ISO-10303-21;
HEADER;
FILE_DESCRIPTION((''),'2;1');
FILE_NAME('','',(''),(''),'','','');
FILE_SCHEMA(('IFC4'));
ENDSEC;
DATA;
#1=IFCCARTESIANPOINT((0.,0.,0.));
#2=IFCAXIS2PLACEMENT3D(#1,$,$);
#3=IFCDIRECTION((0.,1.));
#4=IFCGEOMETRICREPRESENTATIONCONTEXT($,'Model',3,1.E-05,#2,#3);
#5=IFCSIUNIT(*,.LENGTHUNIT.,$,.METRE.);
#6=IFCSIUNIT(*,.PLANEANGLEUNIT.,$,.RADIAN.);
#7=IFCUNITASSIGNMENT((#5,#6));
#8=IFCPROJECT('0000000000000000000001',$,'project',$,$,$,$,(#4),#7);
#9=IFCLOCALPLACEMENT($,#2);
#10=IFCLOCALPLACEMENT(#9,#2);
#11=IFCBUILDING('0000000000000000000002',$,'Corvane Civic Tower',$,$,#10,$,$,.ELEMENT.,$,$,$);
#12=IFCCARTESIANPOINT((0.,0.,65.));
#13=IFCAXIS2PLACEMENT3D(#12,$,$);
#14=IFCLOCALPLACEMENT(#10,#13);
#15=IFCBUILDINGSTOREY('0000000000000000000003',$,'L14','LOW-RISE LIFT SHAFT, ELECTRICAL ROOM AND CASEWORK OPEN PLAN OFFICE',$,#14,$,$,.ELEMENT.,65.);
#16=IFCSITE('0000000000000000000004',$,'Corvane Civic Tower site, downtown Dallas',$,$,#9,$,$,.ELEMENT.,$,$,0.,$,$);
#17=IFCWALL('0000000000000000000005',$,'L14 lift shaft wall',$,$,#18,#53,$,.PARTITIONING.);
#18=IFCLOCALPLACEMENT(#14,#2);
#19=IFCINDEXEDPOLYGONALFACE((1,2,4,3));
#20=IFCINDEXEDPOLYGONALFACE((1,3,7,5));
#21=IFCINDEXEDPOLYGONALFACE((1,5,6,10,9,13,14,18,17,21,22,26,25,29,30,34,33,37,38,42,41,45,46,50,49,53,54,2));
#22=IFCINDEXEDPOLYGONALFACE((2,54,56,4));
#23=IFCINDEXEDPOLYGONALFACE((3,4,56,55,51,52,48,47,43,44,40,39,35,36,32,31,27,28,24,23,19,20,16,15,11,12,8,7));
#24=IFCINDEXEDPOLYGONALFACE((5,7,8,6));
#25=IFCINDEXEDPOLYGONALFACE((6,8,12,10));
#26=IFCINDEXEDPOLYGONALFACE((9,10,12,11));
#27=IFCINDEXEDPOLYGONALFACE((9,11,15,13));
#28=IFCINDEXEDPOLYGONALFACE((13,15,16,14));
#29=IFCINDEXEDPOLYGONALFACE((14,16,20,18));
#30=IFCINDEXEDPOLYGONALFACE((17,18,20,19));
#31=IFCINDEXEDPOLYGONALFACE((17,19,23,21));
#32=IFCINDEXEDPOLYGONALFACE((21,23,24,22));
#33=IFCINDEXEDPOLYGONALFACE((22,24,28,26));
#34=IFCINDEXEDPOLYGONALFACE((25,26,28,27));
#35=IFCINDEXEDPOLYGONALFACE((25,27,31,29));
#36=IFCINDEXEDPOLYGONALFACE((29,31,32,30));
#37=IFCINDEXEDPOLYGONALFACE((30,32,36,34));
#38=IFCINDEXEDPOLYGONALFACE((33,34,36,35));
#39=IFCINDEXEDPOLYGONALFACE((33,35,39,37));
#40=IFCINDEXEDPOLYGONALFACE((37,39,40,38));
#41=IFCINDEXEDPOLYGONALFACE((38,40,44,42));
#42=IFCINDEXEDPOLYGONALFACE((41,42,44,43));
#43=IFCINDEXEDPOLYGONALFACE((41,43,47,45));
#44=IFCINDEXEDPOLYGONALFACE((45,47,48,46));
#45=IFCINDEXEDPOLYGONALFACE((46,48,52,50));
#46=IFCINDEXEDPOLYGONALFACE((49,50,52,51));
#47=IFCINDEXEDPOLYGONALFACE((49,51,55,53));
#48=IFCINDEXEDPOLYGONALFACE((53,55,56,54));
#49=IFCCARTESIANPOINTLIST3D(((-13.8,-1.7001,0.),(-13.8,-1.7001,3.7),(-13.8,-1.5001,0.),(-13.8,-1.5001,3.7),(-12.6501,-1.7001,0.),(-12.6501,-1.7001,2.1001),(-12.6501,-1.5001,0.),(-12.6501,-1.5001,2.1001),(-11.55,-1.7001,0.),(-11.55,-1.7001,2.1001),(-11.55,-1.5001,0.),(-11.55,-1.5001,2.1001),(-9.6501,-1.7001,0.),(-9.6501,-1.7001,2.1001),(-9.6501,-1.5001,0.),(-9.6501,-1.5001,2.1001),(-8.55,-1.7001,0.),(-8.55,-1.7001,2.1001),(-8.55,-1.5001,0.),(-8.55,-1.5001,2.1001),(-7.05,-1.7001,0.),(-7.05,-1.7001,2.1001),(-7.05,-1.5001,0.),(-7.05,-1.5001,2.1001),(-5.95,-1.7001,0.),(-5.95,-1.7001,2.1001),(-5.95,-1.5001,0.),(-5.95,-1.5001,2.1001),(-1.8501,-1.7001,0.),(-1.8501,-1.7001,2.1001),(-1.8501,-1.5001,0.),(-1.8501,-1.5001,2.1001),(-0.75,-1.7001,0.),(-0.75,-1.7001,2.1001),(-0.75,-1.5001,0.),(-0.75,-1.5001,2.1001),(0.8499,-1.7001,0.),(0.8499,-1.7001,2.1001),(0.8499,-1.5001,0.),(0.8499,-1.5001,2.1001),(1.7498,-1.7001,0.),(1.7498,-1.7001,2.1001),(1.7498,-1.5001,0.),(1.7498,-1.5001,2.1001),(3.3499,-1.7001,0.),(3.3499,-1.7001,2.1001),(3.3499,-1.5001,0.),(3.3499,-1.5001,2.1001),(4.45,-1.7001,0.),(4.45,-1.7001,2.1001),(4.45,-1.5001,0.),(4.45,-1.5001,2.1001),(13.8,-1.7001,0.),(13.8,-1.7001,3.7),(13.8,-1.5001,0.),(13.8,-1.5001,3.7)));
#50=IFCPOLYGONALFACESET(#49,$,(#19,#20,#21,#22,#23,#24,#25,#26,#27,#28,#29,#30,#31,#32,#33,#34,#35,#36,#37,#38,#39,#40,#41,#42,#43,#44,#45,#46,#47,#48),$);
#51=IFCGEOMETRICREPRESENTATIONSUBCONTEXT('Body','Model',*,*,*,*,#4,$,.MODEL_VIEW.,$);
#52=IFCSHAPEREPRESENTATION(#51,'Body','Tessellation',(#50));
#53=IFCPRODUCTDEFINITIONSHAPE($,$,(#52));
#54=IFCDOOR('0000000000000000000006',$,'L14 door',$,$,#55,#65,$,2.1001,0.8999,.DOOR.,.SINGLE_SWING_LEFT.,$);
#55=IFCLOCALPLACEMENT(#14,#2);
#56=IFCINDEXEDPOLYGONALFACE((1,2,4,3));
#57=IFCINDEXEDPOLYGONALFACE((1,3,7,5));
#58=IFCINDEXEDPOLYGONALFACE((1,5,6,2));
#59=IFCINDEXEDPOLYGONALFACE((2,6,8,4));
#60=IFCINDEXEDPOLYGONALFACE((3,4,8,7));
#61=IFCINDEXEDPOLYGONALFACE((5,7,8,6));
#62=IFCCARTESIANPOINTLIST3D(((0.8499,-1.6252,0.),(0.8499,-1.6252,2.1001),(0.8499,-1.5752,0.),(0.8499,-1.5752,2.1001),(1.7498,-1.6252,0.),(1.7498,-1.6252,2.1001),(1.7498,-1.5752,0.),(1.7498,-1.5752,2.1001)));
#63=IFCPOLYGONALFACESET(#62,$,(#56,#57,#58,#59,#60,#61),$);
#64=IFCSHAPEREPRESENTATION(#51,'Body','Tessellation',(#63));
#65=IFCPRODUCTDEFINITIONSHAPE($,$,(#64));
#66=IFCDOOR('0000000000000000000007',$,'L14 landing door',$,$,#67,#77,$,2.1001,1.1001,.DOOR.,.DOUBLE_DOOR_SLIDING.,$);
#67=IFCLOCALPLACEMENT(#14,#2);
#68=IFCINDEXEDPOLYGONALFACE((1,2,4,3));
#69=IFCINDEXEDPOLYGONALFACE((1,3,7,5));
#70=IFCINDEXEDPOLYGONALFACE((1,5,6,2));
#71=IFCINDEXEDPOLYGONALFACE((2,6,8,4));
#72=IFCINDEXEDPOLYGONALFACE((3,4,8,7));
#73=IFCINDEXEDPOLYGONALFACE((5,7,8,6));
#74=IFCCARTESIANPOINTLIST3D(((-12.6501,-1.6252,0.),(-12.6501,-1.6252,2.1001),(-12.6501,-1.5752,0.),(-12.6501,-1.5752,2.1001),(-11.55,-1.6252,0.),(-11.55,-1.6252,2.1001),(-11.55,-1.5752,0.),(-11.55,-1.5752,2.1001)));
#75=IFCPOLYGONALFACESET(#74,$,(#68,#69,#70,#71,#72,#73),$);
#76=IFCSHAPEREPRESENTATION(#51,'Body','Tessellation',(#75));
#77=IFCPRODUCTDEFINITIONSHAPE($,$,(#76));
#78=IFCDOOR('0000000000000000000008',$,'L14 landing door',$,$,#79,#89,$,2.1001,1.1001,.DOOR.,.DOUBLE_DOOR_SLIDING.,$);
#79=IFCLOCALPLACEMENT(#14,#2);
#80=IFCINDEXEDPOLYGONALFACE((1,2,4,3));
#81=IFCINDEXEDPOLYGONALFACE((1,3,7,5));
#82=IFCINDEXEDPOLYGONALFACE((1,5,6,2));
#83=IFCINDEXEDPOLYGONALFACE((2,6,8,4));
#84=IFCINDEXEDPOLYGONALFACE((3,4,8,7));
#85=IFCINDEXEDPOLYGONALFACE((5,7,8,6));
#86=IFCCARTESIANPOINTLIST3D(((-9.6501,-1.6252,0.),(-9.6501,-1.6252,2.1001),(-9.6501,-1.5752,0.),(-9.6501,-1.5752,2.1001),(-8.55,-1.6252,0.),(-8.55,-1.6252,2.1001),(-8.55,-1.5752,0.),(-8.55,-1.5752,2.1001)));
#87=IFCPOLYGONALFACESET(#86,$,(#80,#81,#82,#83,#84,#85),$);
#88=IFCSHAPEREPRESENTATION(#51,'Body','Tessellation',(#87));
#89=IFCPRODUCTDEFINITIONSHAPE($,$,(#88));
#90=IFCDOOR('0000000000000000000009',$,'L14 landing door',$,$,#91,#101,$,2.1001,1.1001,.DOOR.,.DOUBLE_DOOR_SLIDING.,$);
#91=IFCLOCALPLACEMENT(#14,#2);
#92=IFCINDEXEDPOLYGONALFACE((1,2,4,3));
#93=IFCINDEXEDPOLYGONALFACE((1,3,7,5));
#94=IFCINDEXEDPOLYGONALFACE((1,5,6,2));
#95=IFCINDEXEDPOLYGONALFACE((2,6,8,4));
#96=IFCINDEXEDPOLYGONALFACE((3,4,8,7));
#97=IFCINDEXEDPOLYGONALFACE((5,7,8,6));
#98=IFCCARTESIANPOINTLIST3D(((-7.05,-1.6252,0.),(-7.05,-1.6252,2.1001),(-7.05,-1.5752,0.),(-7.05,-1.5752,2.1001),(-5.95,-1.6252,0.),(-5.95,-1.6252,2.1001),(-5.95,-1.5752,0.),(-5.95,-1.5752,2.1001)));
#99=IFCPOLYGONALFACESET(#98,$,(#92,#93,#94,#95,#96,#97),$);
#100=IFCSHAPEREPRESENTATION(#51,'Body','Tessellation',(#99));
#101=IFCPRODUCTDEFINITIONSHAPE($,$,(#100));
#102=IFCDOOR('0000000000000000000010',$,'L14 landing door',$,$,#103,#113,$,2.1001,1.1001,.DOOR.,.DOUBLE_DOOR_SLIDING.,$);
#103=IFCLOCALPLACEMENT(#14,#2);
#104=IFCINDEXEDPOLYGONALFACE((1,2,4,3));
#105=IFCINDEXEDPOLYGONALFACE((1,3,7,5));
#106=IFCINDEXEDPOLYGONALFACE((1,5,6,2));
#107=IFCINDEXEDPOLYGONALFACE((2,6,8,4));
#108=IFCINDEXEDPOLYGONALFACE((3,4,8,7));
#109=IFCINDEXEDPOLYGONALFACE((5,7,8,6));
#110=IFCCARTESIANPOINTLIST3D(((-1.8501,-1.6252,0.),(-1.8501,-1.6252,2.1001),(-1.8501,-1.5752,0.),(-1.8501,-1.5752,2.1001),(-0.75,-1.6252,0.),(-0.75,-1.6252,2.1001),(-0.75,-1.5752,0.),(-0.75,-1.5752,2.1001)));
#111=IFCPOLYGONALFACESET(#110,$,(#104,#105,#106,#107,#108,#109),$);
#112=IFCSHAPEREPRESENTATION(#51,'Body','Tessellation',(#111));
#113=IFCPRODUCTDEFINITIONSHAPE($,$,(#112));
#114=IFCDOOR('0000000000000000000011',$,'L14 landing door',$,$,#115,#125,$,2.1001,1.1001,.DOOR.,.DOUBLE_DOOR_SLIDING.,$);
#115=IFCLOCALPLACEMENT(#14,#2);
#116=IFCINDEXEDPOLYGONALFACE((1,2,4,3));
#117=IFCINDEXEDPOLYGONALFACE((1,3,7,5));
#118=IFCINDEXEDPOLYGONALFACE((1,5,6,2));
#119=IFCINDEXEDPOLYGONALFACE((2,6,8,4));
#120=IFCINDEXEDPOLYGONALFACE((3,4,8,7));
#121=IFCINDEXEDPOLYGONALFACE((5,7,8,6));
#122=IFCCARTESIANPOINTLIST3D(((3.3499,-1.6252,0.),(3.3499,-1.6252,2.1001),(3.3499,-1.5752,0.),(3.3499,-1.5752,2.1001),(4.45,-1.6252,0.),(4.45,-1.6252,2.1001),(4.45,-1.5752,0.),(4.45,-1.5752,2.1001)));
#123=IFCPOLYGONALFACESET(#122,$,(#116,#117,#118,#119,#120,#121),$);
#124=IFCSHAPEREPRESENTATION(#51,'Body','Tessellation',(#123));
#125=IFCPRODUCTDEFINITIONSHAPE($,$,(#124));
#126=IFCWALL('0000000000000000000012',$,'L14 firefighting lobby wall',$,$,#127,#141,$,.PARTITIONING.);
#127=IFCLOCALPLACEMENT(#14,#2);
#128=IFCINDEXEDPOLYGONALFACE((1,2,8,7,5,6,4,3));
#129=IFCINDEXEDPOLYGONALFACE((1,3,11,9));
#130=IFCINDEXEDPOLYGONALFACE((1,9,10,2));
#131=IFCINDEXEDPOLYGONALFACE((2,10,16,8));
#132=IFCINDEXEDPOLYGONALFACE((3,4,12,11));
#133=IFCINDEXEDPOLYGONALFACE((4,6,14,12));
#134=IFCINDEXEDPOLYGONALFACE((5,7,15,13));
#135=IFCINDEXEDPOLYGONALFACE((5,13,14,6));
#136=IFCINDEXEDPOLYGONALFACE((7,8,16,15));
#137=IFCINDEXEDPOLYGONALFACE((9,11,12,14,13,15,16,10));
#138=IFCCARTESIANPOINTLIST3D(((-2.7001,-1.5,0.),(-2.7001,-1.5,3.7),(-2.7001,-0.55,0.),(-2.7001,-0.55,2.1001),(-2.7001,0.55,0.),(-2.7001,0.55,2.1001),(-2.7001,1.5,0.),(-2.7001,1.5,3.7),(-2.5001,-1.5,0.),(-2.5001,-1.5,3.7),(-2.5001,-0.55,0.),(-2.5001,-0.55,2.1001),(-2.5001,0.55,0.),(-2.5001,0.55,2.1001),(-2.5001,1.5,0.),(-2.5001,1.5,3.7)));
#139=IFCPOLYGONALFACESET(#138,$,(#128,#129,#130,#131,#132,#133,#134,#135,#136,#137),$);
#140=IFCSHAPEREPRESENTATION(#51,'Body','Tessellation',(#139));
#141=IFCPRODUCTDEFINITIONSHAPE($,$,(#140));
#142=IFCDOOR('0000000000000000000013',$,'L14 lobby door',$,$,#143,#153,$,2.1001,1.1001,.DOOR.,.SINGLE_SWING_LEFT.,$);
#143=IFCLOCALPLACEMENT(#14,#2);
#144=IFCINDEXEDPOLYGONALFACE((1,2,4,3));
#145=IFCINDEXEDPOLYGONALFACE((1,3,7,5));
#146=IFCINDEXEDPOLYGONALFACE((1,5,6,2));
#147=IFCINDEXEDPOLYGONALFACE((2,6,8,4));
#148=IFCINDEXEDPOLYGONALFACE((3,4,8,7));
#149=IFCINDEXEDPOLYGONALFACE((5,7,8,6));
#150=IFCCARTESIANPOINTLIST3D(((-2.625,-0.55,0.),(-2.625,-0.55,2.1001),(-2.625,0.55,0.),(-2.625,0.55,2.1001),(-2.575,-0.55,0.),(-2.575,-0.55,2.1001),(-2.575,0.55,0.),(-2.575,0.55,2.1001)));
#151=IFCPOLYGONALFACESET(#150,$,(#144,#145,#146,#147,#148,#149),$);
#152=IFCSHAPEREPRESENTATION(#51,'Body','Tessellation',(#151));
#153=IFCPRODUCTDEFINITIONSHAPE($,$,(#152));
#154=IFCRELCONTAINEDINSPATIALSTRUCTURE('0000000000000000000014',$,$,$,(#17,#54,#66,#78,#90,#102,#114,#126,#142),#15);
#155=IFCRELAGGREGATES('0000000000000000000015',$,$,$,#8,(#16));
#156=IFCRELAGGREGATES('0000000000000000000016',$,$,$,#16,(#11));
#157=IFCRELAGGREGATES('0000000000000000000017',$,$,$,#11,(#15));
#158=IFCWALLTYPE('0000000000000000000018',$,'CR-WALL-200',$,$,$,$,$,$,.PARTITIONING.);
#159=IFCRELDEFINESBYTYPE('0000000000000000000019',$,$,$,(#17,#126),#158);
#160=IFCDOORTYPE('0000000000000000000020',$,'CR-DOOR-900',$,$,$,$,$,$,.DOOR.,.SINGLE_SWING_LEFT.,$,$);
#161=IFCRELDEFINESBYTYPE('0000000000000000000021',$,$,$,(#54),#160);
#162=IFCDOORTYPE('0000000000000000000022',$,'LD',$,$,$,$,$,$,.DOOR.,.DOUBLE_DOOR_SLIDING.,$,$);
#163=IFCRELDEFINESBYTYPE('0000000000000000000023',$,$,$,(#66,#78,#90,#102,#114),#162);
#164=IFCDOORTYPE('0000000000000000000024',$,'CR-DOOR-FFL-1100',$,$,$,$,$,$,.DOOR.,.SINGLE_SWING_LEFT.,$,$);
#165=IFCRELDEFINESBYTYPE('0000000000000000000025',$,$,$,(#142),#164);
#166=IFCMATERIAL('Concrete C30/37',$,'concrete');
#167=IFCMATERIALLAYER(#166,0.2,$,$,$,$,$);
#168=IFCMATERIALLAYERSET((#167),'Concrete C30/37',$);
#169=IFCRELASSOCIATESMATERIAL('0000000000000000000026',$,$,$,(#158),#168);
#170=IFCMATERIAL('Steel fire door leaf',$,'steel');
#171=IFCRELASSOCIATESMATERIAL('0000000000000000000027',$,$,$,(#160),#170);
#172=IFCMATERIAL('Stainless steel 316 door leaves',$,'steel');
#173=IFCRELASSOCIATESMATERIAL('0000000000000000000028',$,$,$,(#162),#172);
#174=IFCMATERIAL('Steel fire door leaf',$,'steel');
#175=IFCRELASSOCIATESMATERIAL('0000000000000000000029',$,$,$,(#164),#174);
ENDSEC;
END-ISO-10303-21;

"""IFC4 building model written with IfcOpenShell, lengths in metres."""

from ifc_helpers import new_model, si_unit, direction, frame, frame_2d, origin, place, context, subcontext, project, spatial, rectangle, extrude, material, layer, layer_set, type_object, element, fill, save


model = new_model("IFC4")

# Units and contexts
model_context = context("Model", 3, precision=1e-05, world=origin(), true_north=direction((0.0, 1.0)))
body_context = subcontext(model_context, "Body", "Model", "MODEL_VIEW")
ifc_project = project(units=[si_unit("LENGTHUNIT", "METRE"), si_unit("PLANEANGLEUNIT", "RADIAN")], contexts=[model_context])

# Site, building, storey
site_placement = place(None, origin())
site = spatial("IfcSite", under=ifc_project, at=site_placement, Name="Corvane Civic Tower site, downtown Dallas", CompositionType="ELEMENT", RefElevation=0.0)
building_placement = place(site_placement, origin())
building = spatial("IfcBuilding", under=site, at=building_placement, Name="Corvane Civic Tower", CompositionType="ELEMENT")
storey_placement = place(building_placement, frame((0.0, 0.0, 65.0)))
storey = spatial("IfcBuildingStorey", under=building, at=storey_placement, Name="L14", Description="LOW-RISE LIFT SHAFT, ELECTRICAL ROOM AND CASEWORK OPEN PLAN OFFICE", CompositionType="ELEMENT", Elevation=65.0)

# Wall, openings, doors
ifc_material_1 = material(Name="Concrete C30/37", Category="concrete")
ifc_layer_1 = layer(ifc_material_1, 0.2)
ifc_layer_set_1 = layer_set([ifc_layer_1], Name="Concrete C30/37")
wall_type_1 = type_object("IfcWallType", Name="CR-WALL-200", PredefinedType="PARTITIONING", material=ifc_layer_set_1)
ifc_material_2 = material(Name="Steel fire door leaf", Category="steel")
door_type_1 = type_object("IfcDoorType", Name="CR-DOOR-900", OperationType="SINGLE_SWING_LEFT", PredefinedType="DOOR", material=ifc_material_2)
wall_1_placement = place(storey_placement, frame((-13.8, -1.6001, 0.0), z_axis=(0.0, 0.0, 1.0), x_axis=(1.0, 0.0, 0.0)))
wall_1 = element("IfcWall", 1, at=wall_1_placement, inside=storey, type_object=wall_type_1, Name="L14 lift shaft wall", PredefinedType="PARTITIONING", context=body_context, shape_type="SweptSolid", body=[
    extrude(rectangle(XDim=27.6001, YDim=0.2, at=frame_2d((13.8, 0.0))), origin(), (0.0, 0.0, 1.0), 3.7),
])
opening_1_placement = place(wall_1_placement, frame((1.1499, 0.0, 0.0)))
opening_1 = element("IfcOpeningElement", 2, at=opening_1_placement, cuts=wall_1, PredefinedType="OPENING", context=body_context, shape_type="SweptSolid", body=[
    extrude(rectangle(XDim=1.1001, YDim=2.1001, at=frame_2d((0.55, 1.05))), frame((0.0, 0.1099, 0.0), z_axis=(0.0, -1.0, 0.0), x_axis=(1.0, 0.0, 0.0)), (0.0, 0.0, 1.0), 0.22),
])
opening_2_placement = place(wall_1_placement, frame((4.1499, 0.0, 0.0)))
opening_2 = element("IfcOpeningElement", 3, at=opening_2_placement, cuts=wall_1, PredefinedType="OPENING", context=body_context, shape_type="SweptSolid", body=[
    extrude(rectangle(XDim=1.1001, YDim=2.1001, at=frame_2d((0.55, 1.05))), frame((0.0, 0.1099, 0.0), z_axis=(0.0, -1.0, 0.0), x_axis=(1.0, 0.0, 0.0)), (0.0, 0.0, 1.0), 0.22),
])
opening_3_placement = place(wall_1_placement, frame((6.75, 0.0, 0.0)))
opening_3 = element("IfcOpeningElement", 4, at=opening_3_placement, cuts=wall_1, PredefinedType="OPENING", context=body_context, shape_type="SweptSolid", body=[
    extrude(rectangle(XDim=1.1001, YDim=2.1001, at=frame_2d((0.55, 1.05))), frame((0.0, 0.1099, 0.0), z_axis=(0.0, -1.0, 0.0), x_axis=(1.0, 0.0, 0.0)), (0.0, 0.0, 1.0), 0.22),
])
opening_4_placement = place(wall_1_placement, frame((11.95, 0.0, 0.0)))
opening_4 = element("IfcOpeningElement", 5, at=opening_4_placement, cuts=wall_1, PredefinedType="OPENING", context=body_context, shape_type="SweptSolid", body=[
    extrude(rectangle(XDim=1.1001, YDim=2.1001, at=frame_2d((0.55, 1.05))), frame((0.0, 0.1099, 0.0), z_axis=(0.0, -1.0, 0.0), x_axis=(1.0, 0.0, 0.0)), (0.0, 0.0, 1.0), 0.22),
])
opening_5_placement = place(wall_1_placement, frame((14.6499, 0.0, 0.0)))
opening_5 = element("IfcOpeningElement", 6, at=opening_5_placement, cuts=wall_1, PredefinedType="OPENING", context=body_context, shape_type="SweptSolid", body=[
    extrude(rectangle(XDim=0.8999, YDim=2.1001, at=frame_2d((0.45, 1.05))), frame((0.0, 0.1099, 0.0), z_axis=(0.0, -1.0, 0.0), x_axis=(1.0, 0.0, 0.0)), (0.0, 0.0, 1.0), 0.22),
])
opening_6_placement = place(wall_1_placement, frame((17.1499, 0.0, 0.0)))
opening_6 = element("IfcOpeningElement", 7, at=opening_6_placement, cuts=wall_1, PredefinedType="OPENING", context=body_context, shape_type="SweptSolid", body=[
    extrude(rectangle(XDim=1.1001, YDim=2.1001, at=frame_2d((0.55, 1.05))), frame((0.0, 0.1099, 0.0), z_axis=(0.0, -1.0, 0.0), x_axis=(1.0, 0.0, 0.0)), (0.0, 0.0, 1.0), 0.22),
])
door_1_placement = place(opening_5_placement, origin())
door_1 = element("IfcDoor", 8, at=door_1_placement, inside=storey, type_object=door_type_1, Name="L14 door", OperationType="SINGLE_SWING_LEFT", OverallHeight=2.1001, OverallWidth=0.8999, PredefinedType="DOOR", context=body_context, shape_type="SweptSolid", body=[
    extrude(rectangle(XDim=0.8999, YDim=2.1001, at=frame_2d((0.45, 1.05))), frame((0.0, 0.0249, 0.0), z_axis=(0.0, -1.0, 0.0), x_axis=(1.0, 0.0, 0.0)), (0.0, 0.0, 1.0), 0.05),
])
fill(opening_5, door_1)
ifc_material_3 = material(Name="Stainless steel 316 door leaves", Category="steel")
door_type_2 = type_object("IfcDoorType", Name="LD", OperationType="DOUBLE_DOOR_SLIDING", PredefinedType="DOOR", material=ifc_material_3)
door_2_placement = place(opening_1_placement, origin())
door_2 = element("IfcDoor", 9, at=door_2_placement, inside=storey, type_object=door_type_2, Name="L14 landing door", OperationType="DOUBLE_DOOR_SLIDING", OverallHeight=2.1001, OverallWidth=1.1001, PredefinedType="DOOR", context=body_context, shape_type="SweptSolid", body=[
    extrude(rectangle(XDim=1.1001, YDim=2.1001, at=frame_2d((0.55, 1.05))), frame((0.0, 0.0249, 0.0), z_axis=(0.0, -1.0, 0.0), x_axis=(1.0, 0.0, 0.0)), (0.0, 0.0, 1.0), 0.05),
])
fill(opening_1, door_2)
door_3_placement = place(opening_2_placement, origin())
door_3 = element("IfcDoor", 10, at=door_3_placement, inside=storey, type_object=door_type_2, Name="L14 landing door", OperationType="DOUBLE_DOOR_SLIDING", OverallHeight=2.1001, OverallWidth=1.1001, PredefinedType="DOOR", context=body_context, shape_type="SweptSolid", body=[
    extrude(rectangle(XDim=1.1001, YDim=2.1001, at=frame_2d((0.55, 1.05))), frame((0.0, 0.0249, 0.0), z_axis=(0.0, -1.0, 0.0), x_axis=(1.0, 0.0, 0.0)), (0.0, 0.0, 1.0), 0.05),
])
fill(opening_2, door_3)
door_4_placement = place(opening_3_placement, origin())
door_4 = element("IfcDoor", 11, at=door_4_placement, inside=storey, type_object=door_type_2, Name="L14 landing door", OperationType="DOUBLE_DOOR_SLIDING", OverallHeight=2.1001, OverallWidth=1.1001, PredefinedType="DOOR", context=body_context, shape_type="SweptSolid", body=[
    extrude(rectangle(XDim=1.1001, YDim=2.1001, at=frame_2d((0.55, 1.05))), frame((0.0, 0.0249, 0.0), z_axis=(0.0, -1.0, 0.0), x_axis=(1.0, 0.0, 0.0)), (0.0, 0.0, 1.0), 0.05),
])
fill(opening_3, door_4)
door_5_placement = place(opening_4_placement, origin())
door_5 = element("IfcDoor", 12, at=door_5_placement, inside=storey, type_object=door_type_2, Name="L14 landing door", OperationType="DOUBLE_DOOR_SLIDING", OverallHeight=2.1001, OverallWidth=1.1001, PredefinedType="DOOR", context=body_context, shape_type="SweptSolid", body=[
    extrude(rectangle(XDim=1.1001, YDim=2.1001, at=frame_2d((0.55, 1.05))), frame((0.0, 0.0249, 0.0), z_axis=(0.0, -1.0, 0.0), x_axis=(1.0, 0.0, 0.0)), (0.0, 0.0, 1.0), 0.05),
])
fill(opening_4, door_5)
door_6_placement = place(opening_6_placement, origin())
door_6 = element("IfcDoor", 13, at=door_6_placement, inside=storey, type_object=door_type_2, Name="L14 landing door", OperationType="DOUBLE_DOOR_SLIDING", OverallHeight=2.1001, OverallWidth=1.1001, PredefinedType="DOOR", context=body_context, shape_type="SweptSolid", body=[
    extrude(rectangle(XDim=1.1001, YDim=2.1001, at=frame_2d((0.55, 1.05))), frame((0.0, 0.0249, 0.0), z_axis=(0.0, -1.0, 0.0), x_axis=(1.0, 0.0, 0.0)), (0.0, 0.0, 1.0), 0.05),
])
fill(opening_6, door_6)

# Wall, opening, door
wall_2_placement = place(storey_placement, frame((-2.6001, -1.5, 0.0), z_axis=(0.0, 0.0, 1.0), x_axis=(0.0, 1.0, 0.0)))
wall_2 = element("IfcWall", 14, at=wall_2_placement, inside=storey, type_object=wall_type_1, Name="L14 firefighting lobby wall", PredefinedType="PARTITIONING", context=body_context, shape_type="SweptSolid", body=[
    extrude(rectangle(XDim=3.0, YDim=0.2, at=frame_2d((1.5, 0.0))), origin(), (0.0, 0.0, 1.0), 3.7),
])
opening_7_placement = place(wall_2_placement, frame((0.95, 0.0, 0.0)))
opening_7 = element("IfcOpeningElement", 15, at=opening_7_placement, cuts=wall_2, PredefinedType="OPENING", context=body_context, shape_type="SweptSolid", body=[
    extrude(rectangle(XDim=1.1001, YDim=2.1001, at=frame_2d((0.55, 1.05))), frame((0.0, 0.1099, 0.0), z_axis=(0.0, -1.0, 0.0), x_axis=(1.0, 0.0, 0.0)), (0.0, 0.0, 1.0), 0.22),
])
ifc_material_4 = material(Name="Steel fire door leaf", Category="steel")
door_type_3 = type_object("IfcDoorType", Name="CR-DOOR-FFL-1100", OperationType="SINGLE_SWING_LEFT", PredefinedType="DOOR", material=ifc_material_4)
door_7_placement = place(opening_7_placement, origin())
door_7 = element("IfcDoor", 16, at=door_7_placement, inside=storey, type_object=door_type_3, Name="L14 lobby door", OperationType="SINGLE_SWING_LEFT", OverallHeight=2.1001, OverallWidth=1.1001, PredefinedType="DOOR", context=body_context, shape_type="SweptSolid", body=[
    extrude(rectangle(XDim=1.1001, YDim=2.1001, at=frame_2d((0.55, 1.05))), frame((0.0, 0.0249, 0.0), z_axis=(0.0, -1.0, 0.0), x_axis=(1.0, 0.0, 0.0)), (0.0, 0.0, 1.0), 0.05),
])
fill(opening_7, door_7)

save(model, "model.ifc")
